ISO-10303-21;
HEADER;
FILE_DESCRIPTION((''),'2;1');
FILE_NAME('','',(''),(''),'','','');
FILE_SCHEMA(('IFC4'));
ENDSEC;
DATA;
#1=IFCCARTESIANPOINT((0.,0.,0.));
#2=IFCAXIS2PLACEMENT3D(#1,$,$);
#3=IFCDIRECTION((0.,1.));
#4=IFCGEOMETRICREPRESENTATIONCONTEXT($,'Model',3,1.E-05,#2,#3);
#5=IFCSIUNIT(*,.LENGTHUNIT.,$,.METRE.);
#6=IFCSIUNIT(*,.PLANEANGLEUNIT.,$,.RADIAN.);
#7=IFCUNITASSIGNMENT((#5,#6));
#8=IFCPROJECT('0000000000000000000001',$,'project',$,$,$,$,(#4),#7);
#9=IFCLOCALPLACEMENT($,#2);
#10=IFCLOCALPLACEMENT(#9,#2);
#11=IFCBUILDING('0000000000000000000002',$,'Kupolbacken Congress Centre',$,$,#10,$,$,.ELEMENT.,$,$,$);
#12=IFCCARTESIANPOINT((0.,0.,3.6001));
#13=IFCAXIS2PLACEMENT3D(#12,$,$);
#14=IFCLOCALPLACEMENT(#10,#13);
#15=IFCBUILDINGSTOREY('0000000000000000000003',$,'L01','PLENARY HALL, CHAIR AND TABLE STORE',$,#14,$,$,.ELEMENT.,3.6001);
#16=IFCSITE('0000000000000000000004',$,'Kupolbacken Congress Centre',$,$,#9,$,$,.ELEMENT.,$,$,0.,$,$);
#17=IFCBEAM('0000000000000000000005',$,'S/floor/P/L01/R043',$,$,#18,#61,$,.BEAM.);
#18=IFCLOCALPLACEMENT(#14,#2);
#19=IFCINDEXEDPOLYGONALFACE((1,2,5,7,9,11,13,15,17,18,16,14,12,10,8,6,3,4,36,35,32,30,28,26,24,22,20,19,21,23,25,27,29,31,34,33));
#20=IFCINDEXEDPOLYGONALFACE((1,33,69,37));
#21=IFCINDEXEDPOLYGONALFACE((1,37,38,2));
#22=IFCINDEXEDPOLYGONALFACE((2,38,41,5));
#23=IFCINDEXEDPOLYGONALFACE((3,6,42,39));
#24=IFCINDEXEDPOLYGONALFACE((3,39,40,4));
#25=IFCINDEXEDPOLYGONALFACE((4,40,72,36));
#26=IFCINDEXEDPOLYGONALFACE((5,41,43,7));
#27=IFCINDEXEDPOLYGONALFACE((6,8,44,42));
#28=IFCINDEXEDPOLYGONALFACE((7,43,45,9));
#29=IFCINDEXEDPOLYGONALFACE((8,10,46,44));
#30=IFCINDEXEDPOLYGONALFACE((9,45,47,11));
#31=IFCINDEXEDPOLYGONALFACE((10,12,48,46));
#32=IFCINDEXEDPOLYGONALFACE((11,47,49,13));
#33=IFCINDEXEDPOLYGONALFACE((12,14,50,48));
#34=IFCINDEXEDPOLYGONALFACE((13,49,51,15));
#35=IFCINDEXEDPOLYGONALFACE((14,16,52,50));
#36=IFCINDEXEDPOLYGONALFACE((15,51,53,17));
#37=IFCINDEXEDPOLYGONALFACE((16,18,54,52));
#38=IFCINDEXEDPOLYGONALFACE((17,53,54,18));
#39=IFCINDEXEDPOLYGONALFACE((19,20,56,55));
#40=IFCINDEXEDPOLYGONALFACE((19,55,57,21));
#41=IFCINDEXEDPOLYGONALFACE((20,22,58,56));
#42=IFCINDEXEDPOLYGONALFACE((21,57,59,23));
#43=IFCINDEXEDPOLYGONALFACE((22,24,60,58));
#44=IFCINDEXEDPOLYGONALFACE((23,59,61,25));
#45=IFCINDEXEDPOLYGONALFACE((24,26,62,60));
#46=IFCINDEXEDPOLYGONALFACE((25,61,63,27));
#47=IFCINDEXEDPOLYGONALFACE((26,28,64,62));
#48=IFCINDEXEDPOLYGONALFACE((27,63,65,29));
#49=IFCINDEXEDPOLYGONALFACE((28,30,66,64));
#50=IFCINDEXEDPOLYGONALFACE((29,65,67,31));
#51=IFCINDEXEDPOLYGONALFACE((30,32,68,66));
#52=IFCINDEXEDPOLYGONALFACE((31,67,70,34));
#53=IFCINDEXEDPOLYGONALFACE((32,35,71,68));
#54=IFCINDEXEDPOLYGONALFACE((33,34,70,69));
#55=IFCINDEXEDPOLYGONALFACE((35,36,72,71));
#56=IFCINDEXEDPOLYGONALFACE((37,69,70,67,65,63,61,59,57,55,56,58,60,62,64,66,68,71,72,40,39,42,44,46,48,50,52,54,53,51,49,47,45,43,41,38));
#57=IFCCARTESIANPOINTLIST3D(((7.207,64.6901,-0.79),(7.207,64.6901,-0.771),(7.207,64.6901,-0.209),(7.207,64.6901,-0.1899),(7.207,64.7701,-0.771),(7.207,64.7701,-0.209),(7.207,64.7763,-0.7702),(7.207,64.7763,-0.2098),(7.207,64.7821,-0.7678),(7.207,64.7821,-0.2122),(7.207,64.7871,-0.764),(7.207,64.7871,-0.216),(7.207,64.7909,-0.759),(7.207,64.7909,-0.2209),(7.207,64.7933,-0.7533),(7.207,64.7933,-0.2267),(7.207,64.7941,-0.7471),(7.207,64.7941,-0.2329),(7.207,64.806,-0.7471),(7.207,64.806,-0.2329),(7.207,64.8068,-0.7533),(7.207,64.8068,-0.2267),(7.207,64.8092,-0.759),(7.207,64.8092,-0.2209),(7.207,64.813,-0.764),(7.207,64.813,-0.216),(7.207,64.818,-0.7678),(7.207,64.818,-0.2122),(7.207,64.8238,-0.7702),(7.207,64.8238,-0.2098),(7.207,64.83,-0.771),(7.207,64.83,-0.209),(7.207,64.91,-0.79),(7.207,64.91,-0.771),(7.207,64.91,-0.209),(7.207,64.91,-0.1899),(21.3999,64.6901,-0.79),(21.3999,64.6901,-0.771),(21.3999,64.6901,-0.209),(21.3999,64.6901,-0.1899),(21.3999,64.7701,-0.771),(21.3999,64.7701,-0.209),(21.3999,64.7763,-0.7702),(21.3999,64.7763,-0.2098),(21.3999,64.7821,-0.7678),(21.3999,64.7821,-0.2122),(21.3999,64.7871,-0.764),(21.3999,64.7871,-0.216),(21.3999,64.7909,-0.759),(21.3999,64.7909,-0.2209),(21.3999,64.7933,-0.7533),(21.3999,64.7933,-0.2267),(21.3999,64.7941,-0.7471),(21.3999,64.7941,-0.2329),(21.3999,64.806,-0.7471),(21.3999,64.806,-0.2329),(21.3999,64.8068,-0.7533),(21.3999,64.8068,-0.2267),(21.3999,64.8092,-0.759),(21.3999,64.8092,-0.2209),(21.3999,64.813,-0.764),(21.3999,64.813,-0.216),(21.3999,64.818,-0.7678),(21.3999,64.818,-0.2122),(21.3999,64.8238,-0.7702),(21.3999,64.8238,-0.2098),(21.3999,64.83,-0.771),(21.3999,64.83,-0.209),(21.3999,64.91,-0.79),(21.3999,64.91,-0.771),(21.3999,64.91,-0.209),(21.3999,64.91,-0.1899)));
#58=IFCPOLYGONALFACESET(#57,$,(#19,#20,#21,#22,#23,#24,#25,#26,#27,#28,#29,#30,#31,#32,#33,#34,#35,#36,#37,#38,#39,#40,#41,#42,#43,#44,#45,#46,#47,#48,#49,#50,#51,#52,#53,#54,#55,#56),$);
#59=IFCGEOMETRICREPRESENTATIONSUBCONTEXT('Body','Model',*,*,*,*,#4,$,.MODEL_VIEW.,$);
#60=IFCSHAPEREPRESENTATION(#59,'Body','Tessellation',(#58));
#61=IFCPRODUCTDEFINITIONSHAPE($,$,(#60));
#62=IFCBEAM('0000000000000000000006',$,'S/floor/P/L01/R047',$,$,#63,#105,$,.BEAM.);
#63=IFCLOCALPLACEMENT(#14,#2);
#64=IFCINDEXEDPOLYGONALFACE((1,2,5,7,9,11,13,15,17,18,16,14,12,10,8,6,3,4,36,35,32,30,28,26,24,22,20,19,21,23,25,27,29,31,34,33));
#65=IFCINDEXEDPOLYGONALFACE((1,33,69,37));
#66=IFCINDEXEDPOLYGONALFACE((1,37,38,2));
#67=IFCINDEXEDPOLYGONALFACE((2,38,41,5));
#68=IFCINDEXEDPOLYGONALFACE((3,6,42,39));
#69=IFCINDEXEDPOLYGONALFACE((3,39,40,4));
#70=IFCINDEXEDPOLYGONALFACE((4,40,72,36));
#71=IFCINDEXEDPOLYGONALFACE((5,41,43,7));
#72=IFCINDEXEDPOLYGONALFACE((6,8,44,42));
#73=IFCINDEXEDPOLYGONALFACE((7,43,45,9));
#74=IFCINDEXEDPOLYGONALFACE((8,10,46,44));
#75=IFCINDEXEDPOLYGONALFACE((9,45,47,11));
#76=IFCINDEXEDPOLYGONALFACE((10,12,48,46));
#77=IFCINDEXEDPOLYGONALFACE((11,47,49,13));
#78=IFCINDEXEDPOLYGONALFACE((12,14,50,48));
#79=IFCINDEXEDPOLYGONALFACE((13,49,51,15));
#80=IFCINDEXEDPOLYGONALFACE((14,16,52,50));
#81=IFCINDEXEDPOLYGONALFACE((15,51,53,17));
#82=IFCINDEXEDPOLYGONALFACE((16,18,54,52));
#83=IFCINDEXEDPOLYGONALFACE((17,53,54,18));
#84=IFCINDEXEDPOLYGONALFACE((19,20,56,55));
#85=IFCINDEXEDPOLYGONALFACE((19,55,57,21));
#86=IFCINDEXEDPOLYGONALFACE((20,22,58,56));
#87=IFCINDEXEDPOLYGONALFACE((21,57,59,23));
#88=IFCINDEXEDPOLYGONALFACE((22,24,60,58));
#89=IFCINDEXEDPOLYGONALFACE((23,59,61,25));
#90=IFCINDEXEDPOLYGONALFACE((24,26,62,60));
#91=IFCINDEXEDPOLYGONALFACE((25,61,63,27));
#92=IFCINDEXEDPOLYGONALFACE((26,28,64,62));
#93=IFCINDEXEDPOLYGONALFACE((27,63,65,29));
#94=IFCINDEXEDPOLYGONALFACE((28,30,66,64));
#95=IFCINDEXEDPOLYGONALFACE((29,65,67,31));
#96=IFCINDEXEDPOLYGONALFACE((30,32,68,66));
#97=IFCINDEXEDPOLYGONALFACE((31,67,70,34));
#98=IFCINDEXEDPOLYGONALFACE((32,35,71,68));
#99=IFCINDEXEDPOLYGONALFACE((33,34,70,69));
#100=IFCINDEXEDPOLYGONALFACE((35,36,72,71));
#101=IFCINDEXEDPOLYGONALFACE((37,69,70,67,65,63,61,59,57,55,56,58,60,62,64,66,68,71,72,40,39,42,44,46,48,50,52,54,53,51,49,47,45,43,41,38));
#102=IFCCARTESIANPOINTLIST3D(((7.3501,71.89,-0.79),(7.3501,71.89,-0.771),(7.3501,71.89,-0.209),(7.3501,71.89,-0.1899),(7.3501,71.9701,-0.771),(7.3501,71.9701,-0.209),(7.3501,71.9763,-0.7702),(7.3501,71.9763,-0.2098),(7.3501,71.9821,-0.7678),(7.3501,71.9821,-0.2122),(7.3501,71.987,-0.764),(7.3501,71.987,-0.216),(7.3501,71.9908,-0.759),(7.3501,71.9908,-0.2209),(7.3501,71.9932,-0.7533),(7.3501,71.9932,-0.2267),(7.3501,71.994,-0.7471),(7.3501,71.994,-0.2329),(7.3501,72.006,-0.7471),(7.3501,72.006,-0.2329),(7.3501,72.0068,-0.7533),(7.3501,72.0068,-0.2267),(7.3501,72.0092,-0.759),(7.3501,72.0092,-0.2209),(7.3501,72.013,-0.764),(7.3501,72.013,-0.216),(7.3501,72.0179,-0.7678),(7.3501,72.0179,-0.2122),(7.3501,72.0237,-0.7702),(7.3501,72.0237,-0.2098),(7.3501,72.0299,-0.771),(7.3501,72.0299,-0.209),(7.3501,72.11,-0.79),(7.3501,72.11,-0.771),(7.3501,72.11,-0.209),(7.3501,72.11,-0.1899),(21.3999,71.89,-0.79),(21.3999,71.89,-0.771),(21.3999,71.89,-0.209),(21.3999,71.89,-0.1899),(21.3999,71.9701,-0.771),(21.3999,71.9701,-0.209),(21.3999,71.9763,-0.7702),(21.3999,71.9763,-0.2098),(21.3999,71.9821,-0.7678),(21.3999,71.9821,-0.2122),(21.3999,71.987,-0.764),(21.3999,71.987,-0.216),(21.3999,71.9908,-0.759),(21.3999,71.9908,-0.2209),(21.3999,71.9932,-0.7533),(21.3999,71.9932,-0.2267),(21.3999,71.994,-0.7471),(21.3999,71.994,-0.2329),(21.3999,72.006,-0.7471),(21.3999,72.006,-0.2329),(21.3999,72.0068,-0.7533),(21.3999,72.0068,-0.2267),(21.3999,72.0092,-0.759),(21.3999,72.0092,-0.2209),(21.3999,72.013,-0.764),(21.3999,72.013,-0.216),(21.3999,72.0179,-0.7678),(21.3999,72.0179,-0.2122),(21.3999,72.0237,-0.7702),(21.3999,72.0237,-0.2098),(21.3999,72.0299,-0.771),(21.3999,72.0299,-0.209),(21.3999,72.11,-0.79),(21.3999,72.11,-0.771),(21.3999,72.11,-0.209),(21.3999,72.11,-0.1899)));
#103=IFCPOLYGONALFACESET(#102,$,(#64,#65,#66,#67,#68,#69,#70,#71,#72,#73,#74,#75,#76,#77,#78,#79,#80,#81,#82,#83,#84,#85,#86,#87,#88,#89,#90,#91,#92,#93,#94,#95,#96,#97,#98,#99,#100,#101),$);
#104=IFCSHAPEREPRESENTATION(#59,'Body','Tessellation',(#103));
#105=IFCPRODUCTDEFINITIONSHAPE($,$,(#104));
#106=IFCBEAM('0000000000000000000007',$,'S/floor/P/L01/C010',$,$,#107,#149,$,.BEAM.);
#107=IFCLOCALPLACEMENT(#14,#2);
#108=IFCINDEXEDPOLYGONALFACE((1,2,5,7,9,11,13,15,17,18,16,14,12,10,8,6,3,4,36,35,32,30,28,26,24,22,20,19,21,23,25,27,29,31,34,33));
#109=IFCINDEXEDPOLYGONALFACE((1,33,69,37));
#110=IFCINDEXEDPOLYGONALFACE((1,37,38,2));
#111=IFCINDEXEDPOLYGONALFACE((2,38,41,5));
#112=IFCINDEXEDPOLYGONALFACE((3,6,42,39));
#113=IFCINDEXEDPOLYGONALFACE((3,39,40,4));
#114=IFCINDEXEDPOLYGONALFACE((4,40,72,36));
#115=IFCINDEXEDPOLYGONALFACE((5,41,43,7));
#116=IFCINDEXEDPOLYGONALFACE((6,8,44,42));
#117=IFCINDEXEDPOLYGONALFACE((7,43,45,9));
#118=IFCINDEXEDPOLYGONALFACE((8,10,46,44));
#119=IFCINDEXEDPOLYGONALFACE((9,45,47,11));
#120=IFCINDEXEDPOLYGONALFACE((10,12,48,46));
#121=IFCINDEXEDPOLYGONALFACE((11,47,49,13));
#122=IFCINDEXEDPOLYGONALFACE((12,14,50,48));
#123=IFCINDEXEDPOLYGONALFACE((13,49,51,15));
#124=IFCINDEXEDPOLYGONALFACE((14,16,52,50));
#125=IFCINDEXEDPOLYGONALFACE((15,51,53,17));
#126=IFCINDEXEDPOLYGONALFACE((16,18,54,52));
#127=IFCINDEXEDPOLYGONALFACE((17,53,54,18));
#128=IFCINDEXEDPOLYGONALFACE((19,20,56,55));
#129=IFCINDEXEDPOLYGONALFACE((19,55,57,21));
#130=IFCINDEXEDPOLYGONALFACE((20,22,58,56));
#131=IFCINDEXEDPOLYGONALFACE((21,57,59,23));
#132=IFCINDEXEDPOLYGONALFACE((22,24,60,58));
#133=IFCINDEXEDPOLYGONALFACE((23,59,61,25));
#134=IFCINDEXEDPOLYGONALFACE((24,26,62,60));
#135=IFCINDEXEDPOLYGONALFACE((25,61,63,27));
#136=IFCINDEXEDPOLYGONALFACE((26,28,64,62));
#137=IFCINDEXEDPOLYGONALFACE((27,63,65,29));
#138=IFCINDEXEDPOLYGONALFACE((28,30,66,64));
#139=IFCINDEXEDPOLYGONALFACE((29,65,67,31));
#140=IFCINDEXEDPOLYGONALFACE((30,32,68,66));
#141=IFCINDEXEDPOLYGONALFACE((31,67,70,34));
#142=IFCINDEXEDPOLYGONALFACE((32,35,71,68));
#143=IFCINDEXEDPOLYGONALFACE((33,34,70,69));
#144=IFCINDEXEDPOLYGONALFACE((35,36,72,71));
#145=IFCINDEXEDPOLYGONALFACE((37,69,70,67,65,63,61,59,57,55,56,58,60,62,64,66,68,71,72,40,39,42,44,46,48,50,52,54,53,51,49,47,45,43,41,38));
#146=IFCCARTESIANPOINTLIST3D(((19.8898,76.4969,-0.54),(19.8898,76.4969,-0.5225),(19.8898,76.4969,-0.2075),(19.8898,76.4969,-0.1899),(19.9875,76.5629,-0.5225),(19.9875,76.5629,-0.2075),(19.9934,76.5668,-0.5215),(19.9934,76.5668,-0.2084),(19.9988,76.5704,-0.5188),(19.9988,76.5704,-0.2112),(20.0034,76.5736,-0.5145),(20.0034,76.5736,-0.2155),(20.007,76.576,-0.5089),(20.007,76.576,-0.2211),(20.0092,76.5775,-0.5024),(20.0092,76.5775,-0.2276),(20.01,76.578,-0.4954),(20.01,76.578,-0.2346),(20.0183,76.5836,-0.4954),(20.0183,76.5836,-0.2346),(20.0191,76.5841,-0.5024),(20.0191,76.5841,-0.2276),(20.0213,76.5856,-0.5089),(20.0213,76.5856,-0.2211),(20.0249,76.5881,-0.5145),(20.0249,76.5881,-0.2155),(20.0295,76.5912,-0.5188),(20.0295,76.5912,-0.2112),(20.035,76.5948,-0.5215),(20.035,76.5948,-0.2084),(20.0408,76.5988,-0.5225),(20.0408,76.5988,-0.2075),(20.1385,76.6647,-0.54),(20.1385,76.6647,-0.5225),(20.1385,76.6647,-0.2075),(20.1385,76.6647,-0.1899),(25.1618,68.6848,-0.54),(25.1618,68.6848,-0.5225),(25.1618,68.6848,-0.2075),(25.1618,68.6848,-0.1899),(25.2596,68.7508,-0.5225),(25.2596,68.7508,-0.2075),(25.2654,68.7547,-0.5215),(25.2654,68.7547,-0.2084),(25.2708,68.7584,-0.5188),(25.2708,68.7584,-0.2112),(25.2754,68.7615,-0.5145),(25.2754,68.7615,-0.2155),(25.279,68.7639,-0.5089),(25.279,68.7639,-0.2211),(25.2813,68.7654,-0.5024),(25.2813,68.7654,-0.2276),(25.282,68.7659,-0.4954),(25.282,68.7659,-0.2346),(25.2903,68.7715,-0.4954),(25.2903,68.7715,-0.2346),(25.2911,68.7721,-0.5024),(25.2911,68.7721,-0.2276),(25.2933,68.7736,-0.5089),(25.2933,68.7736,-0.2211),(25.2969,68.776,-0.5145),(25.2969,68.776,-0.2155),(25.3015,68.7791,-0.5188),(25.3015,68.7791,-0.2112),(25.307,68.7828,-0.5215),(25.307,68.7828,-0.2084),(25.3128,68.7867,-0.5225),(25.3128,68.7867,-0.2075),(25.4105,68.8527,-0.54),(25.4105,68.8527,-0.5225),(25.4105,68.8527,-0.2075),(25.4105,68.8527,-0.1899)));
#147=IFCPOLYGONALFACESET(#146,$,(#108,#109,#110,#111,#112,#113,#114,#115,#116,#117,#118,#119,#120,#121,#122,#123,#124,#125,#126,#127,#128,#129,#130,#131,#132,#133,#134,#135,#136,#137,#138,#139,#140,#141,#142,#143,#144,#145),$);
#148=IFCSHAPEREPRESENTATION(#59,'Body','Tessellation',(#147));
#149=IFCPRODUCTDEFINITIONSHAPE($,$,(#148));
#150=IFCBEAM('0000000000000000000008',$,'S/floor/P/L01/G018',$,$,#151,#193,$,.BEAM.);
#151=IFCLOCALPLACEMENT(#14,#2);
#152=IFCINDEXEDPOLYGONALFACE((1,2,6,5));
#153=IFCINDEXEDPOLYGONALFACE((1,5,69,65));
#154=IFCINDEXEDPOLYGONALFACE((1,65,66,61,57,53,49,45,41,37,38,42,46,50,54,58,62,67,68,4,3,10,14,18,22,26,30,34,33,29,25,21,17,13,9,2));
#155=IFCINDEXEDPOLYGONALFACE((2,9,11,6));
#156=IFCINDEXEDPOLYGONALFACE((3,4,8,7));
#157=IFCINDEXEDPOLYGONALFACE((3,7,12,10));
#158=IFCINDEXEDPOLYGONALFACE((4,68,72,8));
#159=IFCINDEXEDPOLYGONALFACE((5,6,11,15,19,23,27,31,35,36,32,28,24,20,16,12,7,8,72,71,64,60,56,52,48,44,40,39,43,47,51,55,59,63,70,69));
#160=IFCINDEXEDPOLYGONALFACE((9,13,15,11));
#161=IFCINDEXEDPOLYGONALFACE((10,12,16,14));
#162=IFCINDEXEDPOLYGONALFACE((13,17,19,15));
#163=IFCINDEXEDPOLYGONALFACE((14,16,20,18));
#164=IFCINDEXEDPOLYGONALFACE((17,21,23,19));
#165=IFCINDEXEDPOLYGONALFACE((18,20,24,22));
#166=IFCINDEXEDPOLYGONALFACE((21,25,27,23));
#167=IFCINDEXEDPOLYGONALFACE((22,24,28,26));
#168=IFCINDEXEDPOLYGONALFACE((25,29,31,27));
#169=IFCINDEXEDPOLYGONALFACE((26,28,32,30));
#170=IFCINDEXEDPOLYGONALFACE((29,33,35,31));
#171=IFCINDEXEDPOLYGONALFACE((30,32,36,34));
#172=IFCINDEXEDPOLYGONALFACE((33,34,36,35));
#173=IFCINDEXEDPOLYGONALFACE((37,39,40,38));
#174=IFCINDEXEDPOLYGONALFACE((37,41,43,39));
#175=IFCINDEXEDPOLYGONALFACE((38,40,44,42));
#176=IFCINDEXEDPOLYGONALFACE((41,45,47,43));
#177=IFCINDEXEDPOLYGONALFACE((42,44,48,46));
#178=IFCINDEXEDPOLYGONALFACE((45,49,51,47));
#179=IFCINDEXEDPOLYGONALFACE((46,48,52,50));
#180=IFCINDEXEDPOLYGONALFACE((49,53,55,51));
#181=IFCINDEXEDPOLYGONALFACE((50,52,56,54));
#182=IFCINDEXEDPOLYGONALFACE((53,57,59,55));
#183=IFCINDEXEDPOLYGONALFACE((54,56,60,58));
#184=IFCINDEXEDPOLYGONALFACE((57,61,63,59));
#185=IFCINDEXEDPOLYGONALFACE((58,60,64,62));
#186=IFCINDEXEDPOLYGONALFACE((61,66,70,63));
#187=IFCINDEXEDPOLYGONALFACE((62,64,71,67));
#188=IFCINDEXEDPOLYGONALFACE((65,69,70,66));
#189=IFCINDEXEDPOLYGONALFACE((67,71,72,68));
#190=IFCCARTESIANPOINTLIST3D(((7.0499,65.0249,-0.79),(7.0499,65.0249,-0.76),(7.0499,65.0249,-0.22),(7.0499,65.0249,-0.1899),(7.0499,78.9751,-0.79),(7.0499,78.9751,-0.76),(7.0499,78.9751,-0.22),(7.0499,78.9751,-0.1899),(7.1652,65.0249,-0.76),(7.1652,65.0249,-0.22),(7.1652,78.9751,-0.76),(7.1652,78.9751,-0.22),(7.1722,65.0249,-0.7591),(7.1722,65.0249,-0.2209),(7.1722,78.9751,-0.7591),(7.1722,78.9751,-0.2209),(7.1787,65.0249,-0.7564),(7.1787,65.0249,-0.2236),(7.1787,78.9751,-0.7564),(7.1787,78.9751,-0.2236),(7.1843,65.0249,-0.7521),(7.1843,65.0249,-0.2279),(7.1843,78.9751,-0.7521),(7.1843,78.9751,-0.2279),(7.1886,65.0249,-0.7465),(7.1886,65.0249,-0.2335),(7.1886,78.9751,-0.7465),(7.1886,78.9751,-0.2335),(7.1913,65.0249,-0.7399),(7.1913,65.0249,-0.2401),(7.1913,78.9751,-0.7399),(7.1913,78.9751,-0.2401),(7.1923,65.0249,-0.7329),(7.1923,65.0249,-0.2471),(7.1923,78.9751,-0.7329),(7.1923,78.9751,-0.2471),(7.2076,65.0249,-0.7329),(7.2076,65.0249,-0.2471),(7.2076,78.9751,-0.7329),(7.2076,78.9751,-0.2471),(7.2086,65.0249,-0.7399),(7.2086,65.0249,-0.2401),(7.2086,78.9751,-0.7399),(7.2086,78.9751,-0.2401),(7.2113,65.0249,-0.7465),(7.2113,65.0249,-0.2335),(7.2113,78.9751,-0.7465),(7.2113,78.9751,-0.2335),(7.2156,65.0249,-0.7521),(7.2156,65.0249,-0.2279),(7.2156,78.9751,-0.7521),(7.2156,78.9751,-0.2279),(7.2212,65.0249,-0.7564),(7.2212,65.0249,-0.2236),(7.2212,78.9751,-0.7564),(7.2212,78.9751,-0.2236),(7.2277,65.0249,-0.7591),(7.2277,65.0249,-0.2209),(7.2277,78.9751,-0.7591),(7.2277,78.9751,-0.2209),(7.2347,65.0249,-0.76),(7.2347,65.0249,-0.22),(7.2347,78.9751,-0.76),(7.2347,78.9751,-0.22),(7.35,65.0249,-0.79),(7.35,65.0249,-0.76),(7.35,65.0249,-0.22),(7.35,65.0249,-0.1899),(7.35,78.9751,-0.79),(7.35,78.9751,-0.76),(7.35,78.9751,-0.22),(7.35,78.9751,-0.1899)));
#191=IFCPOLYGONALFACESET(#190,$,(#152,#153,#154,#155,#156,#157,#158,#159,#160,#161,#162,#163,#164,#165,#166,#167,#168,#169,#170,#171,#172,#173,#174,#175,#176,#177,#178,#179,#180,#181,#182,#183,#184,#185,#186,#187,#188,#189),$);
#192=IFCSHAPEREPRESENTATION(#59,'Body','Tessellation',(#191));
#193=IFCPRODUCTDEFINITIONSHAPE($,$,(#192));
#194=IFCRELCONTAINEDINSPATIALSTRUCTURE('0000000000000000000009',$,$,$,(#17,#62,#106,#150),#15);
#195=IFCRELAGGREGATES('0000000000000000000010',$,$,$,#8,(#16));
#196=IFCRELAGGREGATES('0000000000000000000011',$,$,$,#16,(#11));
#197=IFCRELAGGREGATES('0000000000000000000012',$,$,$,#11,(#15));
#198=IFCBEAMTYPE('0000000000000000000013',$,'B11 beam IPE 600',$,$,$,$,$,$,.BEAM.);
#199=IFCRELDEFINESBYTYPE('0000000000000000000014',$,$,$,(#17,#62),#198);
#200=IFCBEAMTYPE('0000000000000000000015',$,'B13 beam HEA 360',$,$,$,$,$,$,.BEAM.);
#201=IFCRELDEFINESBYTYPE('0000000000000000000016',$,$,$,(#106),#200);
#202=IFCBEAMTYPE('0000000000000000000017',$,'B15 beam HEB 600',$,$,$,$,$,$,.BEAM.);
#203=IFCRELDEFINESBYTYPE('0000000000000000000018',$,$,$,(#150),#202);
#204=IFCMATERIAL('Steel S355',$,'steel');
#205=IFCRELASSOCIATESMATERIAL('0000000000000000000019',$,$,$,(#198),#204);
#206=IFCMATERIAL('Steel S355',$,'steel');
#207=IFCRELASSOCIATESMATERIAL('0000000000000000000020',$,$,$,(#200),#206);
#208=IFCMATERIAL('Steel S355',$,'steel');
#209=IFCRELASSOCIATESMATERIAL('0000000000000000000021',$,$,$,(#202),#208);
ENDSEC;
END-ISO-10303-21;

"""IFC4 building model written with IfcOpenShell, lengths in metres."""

from ifc_helpers import new_model, si_unit, direction, frame, origin, origin_2d, place, context, subcontext, project, spatial, i_section, extrude, material, material_profile, profile_set, type_object, element, save


model = new_model("IFC4")

# Units and contexts
model_context = context("Model", 3, precision=1e-05, world=origin(), true_north=direction((0.0, 1.0)))
body_context = subcontext(model_context, "Body", "Model", "MODEL_VIEW")
ifc_project = project(units=[si_unit("LENGTHUNIT", "METRE"), si_unit("PLANEANGLEUNIT", "RADIAN")], contexts=[model_context])

# Site, building, storey
site_placement = place(None, origin())
site = spatial("IfcSite", under=ifc_project, at=site_placement, Name="Kupolbacken Congress Centre", CompositionType="ELEMENT", RefElevation=0.0)
building_placement = place(site_placement, origin())
building = spatial("IfcBuilding", under=site, at=building_placement, Name="Kupolbacken Congress Centre", CompositionType="ELEMENT")
storey_placement = place(building_placement, frame((0.0, 0.0, 3.6001)))
storey = spatial("IfcBuildingStorey", under=building, at=storey_placement, Name="L01", Description="PLENARY HALL, CHAIR AND TABLE STORE", CompositionType="ELEMENT", Elevation=3.6001)

# Beams
ifc_material_1 = material(Name="Steel S355", Category="steel")
ifc_material_profile_1 = material_profile(ifc_material_1, i_section(OverallWidth=0.22, OverallDepth=0.6001, WebThickness=0.012, FlangeThickness=0.019, FilletRadius=0.0239, at=origin_2d()), Name="IPE 600")
ifc_profile_set_1 = profile_set([ifc_material_profile_1], Name="Steel S355")
beam_type_1 = type_object("IfcBeamType", Name="B11 beam IPE 600", PredefinedType="BEAM", material=ifc_profile_set_1)
beam_1_placement = place(storey_placement, frame((7.207, 64.8, -0.49), z_axis=(1.0, 0.0, 0.0), x_axis=(0.0, 1.0, 0.0)))
element("IfcBeam", 1, at=beam_1_placement, inside=storey, type_object=beam_type_1, Name="S/floor/P/L01/R043", PredefinedType="BEAM", context=body_context, shape_type="SweptSolid", body=[
    extrude(i_section(OverallWidth=0.22, OverallDepth=0.6001, WebThickness=0.012, FlangeThickness=0.019, FilletRadius=0.0239, at=origin_2d()), origin(), (0.0, 0.0, 1.0), 14.1929),
])
beam_2_placement = place(storey_placement, frame((7.3501, 72.0, -0.49), z_axis=(1.0, 0.0, 0.0), x_axis=(0.0, 1.0, 0.0)))
element("IfcBeam", 2, at=beam_2_placement, inside=storey, type_object=beam_type_1, Name="S/floor/P/L01/R047", PredefinedType="BEAM", context=body_context, shape_type="SweptSolid", body=[
    extrude(i_section(OverallWidth=0.22, OverallDepth=0.6001, WebThickness=0.012, FlangeThickness=0.019, FilletRadius=0.0239, at=origin_2d()), origin(), (0.0, 0.0, 1.0), 14.0498),
])
ifc_material_2 = material(Name="Steel S355", Category="steel")
ifc_material_profile_2 = material_profile(ifc_material_2, i_section(OverallWidth=0.3, OverallDepth=0.3501, WebThickness=0.01, FlangeThickness=0.0176, FilletRadius=0.0271, at=origin_2d()), Name="HEA 360")
ifc_profile_set_2 = profile_set([ifc_material_profile_2], Name="Steel S355")
beam_type_2 = type_object("IfcBeamType", Name="B13 beam HEA 360", PredefinedType="BEAM", material=ifc_profile_set_2)
beam_3_placement = place(storey_placement, frame((20.0142, 76.5808, -0.365), z_axis=(0.55939, -0.828905, 0.0), x_axis=(0.828905, 0.55939, 0.0)))
element("IfcBeam", 3, at=beam_3_placement, inside=storey, type_object=beam_type_2, Name="S/floor/P/L01/C010", PredefinedType="BEAM", context=body_context, shape_type="SweptSolid", body=[
    extrude(i_section(OverallWidth=0.3, OverallDepth=0.3501, WebThickness=0.01, FlangeThickness=0.0176, FilletRadius=0.0271, at=origin_2d()), origin(), (0.0, 0.0, 1.0), 9.4246),
])
ifc_material_3 = material(Name="Steel S355", Category="steel")
ifc_material_profile_3 = material_profile(ifc_material_3, i_section(OverallWidth=0.3, OverallDepth=0.6001, WebThickness=0.0154, FlangeThickness=0.03, FilletRadius=0.0271, at=origin_2d()), Name="HEB 600")
ifc_profile_set_3 = profile_set([ifc_material_profile_3], Name="Steel S355")
beam_type_3 = type_object("IfcBeamType", Name="B15 beam HEB 600", PredefinedType="BEAM", material=ifc_profile_set_3)
beam_4_placement = place(storey_placement, frame((7.2, 65.0249, -0.49), z_axis=(0.0, 1.0, 0.0), x_axis=(-1.0, 0.0, 0.0)))
element("IfcBeam", 4, at=beam_4_placement, inside=storey, type_object=beam_type_3, Name="S/floor/P/L01/G018", PredefinedType="BEAM", context=body_context, shape_type="SweptSolid", body=[
    extrude(i_section(OverallWidth=0.3, OverallDepth=0.6001, WebThickness=0.0154, FlangeThickness=0.03, FilletRadius=0.0271, at=origin_2d()), origin(), (0.0, 0.0, 1.0), 13.9502),
])

save(model, "model.ifc")
